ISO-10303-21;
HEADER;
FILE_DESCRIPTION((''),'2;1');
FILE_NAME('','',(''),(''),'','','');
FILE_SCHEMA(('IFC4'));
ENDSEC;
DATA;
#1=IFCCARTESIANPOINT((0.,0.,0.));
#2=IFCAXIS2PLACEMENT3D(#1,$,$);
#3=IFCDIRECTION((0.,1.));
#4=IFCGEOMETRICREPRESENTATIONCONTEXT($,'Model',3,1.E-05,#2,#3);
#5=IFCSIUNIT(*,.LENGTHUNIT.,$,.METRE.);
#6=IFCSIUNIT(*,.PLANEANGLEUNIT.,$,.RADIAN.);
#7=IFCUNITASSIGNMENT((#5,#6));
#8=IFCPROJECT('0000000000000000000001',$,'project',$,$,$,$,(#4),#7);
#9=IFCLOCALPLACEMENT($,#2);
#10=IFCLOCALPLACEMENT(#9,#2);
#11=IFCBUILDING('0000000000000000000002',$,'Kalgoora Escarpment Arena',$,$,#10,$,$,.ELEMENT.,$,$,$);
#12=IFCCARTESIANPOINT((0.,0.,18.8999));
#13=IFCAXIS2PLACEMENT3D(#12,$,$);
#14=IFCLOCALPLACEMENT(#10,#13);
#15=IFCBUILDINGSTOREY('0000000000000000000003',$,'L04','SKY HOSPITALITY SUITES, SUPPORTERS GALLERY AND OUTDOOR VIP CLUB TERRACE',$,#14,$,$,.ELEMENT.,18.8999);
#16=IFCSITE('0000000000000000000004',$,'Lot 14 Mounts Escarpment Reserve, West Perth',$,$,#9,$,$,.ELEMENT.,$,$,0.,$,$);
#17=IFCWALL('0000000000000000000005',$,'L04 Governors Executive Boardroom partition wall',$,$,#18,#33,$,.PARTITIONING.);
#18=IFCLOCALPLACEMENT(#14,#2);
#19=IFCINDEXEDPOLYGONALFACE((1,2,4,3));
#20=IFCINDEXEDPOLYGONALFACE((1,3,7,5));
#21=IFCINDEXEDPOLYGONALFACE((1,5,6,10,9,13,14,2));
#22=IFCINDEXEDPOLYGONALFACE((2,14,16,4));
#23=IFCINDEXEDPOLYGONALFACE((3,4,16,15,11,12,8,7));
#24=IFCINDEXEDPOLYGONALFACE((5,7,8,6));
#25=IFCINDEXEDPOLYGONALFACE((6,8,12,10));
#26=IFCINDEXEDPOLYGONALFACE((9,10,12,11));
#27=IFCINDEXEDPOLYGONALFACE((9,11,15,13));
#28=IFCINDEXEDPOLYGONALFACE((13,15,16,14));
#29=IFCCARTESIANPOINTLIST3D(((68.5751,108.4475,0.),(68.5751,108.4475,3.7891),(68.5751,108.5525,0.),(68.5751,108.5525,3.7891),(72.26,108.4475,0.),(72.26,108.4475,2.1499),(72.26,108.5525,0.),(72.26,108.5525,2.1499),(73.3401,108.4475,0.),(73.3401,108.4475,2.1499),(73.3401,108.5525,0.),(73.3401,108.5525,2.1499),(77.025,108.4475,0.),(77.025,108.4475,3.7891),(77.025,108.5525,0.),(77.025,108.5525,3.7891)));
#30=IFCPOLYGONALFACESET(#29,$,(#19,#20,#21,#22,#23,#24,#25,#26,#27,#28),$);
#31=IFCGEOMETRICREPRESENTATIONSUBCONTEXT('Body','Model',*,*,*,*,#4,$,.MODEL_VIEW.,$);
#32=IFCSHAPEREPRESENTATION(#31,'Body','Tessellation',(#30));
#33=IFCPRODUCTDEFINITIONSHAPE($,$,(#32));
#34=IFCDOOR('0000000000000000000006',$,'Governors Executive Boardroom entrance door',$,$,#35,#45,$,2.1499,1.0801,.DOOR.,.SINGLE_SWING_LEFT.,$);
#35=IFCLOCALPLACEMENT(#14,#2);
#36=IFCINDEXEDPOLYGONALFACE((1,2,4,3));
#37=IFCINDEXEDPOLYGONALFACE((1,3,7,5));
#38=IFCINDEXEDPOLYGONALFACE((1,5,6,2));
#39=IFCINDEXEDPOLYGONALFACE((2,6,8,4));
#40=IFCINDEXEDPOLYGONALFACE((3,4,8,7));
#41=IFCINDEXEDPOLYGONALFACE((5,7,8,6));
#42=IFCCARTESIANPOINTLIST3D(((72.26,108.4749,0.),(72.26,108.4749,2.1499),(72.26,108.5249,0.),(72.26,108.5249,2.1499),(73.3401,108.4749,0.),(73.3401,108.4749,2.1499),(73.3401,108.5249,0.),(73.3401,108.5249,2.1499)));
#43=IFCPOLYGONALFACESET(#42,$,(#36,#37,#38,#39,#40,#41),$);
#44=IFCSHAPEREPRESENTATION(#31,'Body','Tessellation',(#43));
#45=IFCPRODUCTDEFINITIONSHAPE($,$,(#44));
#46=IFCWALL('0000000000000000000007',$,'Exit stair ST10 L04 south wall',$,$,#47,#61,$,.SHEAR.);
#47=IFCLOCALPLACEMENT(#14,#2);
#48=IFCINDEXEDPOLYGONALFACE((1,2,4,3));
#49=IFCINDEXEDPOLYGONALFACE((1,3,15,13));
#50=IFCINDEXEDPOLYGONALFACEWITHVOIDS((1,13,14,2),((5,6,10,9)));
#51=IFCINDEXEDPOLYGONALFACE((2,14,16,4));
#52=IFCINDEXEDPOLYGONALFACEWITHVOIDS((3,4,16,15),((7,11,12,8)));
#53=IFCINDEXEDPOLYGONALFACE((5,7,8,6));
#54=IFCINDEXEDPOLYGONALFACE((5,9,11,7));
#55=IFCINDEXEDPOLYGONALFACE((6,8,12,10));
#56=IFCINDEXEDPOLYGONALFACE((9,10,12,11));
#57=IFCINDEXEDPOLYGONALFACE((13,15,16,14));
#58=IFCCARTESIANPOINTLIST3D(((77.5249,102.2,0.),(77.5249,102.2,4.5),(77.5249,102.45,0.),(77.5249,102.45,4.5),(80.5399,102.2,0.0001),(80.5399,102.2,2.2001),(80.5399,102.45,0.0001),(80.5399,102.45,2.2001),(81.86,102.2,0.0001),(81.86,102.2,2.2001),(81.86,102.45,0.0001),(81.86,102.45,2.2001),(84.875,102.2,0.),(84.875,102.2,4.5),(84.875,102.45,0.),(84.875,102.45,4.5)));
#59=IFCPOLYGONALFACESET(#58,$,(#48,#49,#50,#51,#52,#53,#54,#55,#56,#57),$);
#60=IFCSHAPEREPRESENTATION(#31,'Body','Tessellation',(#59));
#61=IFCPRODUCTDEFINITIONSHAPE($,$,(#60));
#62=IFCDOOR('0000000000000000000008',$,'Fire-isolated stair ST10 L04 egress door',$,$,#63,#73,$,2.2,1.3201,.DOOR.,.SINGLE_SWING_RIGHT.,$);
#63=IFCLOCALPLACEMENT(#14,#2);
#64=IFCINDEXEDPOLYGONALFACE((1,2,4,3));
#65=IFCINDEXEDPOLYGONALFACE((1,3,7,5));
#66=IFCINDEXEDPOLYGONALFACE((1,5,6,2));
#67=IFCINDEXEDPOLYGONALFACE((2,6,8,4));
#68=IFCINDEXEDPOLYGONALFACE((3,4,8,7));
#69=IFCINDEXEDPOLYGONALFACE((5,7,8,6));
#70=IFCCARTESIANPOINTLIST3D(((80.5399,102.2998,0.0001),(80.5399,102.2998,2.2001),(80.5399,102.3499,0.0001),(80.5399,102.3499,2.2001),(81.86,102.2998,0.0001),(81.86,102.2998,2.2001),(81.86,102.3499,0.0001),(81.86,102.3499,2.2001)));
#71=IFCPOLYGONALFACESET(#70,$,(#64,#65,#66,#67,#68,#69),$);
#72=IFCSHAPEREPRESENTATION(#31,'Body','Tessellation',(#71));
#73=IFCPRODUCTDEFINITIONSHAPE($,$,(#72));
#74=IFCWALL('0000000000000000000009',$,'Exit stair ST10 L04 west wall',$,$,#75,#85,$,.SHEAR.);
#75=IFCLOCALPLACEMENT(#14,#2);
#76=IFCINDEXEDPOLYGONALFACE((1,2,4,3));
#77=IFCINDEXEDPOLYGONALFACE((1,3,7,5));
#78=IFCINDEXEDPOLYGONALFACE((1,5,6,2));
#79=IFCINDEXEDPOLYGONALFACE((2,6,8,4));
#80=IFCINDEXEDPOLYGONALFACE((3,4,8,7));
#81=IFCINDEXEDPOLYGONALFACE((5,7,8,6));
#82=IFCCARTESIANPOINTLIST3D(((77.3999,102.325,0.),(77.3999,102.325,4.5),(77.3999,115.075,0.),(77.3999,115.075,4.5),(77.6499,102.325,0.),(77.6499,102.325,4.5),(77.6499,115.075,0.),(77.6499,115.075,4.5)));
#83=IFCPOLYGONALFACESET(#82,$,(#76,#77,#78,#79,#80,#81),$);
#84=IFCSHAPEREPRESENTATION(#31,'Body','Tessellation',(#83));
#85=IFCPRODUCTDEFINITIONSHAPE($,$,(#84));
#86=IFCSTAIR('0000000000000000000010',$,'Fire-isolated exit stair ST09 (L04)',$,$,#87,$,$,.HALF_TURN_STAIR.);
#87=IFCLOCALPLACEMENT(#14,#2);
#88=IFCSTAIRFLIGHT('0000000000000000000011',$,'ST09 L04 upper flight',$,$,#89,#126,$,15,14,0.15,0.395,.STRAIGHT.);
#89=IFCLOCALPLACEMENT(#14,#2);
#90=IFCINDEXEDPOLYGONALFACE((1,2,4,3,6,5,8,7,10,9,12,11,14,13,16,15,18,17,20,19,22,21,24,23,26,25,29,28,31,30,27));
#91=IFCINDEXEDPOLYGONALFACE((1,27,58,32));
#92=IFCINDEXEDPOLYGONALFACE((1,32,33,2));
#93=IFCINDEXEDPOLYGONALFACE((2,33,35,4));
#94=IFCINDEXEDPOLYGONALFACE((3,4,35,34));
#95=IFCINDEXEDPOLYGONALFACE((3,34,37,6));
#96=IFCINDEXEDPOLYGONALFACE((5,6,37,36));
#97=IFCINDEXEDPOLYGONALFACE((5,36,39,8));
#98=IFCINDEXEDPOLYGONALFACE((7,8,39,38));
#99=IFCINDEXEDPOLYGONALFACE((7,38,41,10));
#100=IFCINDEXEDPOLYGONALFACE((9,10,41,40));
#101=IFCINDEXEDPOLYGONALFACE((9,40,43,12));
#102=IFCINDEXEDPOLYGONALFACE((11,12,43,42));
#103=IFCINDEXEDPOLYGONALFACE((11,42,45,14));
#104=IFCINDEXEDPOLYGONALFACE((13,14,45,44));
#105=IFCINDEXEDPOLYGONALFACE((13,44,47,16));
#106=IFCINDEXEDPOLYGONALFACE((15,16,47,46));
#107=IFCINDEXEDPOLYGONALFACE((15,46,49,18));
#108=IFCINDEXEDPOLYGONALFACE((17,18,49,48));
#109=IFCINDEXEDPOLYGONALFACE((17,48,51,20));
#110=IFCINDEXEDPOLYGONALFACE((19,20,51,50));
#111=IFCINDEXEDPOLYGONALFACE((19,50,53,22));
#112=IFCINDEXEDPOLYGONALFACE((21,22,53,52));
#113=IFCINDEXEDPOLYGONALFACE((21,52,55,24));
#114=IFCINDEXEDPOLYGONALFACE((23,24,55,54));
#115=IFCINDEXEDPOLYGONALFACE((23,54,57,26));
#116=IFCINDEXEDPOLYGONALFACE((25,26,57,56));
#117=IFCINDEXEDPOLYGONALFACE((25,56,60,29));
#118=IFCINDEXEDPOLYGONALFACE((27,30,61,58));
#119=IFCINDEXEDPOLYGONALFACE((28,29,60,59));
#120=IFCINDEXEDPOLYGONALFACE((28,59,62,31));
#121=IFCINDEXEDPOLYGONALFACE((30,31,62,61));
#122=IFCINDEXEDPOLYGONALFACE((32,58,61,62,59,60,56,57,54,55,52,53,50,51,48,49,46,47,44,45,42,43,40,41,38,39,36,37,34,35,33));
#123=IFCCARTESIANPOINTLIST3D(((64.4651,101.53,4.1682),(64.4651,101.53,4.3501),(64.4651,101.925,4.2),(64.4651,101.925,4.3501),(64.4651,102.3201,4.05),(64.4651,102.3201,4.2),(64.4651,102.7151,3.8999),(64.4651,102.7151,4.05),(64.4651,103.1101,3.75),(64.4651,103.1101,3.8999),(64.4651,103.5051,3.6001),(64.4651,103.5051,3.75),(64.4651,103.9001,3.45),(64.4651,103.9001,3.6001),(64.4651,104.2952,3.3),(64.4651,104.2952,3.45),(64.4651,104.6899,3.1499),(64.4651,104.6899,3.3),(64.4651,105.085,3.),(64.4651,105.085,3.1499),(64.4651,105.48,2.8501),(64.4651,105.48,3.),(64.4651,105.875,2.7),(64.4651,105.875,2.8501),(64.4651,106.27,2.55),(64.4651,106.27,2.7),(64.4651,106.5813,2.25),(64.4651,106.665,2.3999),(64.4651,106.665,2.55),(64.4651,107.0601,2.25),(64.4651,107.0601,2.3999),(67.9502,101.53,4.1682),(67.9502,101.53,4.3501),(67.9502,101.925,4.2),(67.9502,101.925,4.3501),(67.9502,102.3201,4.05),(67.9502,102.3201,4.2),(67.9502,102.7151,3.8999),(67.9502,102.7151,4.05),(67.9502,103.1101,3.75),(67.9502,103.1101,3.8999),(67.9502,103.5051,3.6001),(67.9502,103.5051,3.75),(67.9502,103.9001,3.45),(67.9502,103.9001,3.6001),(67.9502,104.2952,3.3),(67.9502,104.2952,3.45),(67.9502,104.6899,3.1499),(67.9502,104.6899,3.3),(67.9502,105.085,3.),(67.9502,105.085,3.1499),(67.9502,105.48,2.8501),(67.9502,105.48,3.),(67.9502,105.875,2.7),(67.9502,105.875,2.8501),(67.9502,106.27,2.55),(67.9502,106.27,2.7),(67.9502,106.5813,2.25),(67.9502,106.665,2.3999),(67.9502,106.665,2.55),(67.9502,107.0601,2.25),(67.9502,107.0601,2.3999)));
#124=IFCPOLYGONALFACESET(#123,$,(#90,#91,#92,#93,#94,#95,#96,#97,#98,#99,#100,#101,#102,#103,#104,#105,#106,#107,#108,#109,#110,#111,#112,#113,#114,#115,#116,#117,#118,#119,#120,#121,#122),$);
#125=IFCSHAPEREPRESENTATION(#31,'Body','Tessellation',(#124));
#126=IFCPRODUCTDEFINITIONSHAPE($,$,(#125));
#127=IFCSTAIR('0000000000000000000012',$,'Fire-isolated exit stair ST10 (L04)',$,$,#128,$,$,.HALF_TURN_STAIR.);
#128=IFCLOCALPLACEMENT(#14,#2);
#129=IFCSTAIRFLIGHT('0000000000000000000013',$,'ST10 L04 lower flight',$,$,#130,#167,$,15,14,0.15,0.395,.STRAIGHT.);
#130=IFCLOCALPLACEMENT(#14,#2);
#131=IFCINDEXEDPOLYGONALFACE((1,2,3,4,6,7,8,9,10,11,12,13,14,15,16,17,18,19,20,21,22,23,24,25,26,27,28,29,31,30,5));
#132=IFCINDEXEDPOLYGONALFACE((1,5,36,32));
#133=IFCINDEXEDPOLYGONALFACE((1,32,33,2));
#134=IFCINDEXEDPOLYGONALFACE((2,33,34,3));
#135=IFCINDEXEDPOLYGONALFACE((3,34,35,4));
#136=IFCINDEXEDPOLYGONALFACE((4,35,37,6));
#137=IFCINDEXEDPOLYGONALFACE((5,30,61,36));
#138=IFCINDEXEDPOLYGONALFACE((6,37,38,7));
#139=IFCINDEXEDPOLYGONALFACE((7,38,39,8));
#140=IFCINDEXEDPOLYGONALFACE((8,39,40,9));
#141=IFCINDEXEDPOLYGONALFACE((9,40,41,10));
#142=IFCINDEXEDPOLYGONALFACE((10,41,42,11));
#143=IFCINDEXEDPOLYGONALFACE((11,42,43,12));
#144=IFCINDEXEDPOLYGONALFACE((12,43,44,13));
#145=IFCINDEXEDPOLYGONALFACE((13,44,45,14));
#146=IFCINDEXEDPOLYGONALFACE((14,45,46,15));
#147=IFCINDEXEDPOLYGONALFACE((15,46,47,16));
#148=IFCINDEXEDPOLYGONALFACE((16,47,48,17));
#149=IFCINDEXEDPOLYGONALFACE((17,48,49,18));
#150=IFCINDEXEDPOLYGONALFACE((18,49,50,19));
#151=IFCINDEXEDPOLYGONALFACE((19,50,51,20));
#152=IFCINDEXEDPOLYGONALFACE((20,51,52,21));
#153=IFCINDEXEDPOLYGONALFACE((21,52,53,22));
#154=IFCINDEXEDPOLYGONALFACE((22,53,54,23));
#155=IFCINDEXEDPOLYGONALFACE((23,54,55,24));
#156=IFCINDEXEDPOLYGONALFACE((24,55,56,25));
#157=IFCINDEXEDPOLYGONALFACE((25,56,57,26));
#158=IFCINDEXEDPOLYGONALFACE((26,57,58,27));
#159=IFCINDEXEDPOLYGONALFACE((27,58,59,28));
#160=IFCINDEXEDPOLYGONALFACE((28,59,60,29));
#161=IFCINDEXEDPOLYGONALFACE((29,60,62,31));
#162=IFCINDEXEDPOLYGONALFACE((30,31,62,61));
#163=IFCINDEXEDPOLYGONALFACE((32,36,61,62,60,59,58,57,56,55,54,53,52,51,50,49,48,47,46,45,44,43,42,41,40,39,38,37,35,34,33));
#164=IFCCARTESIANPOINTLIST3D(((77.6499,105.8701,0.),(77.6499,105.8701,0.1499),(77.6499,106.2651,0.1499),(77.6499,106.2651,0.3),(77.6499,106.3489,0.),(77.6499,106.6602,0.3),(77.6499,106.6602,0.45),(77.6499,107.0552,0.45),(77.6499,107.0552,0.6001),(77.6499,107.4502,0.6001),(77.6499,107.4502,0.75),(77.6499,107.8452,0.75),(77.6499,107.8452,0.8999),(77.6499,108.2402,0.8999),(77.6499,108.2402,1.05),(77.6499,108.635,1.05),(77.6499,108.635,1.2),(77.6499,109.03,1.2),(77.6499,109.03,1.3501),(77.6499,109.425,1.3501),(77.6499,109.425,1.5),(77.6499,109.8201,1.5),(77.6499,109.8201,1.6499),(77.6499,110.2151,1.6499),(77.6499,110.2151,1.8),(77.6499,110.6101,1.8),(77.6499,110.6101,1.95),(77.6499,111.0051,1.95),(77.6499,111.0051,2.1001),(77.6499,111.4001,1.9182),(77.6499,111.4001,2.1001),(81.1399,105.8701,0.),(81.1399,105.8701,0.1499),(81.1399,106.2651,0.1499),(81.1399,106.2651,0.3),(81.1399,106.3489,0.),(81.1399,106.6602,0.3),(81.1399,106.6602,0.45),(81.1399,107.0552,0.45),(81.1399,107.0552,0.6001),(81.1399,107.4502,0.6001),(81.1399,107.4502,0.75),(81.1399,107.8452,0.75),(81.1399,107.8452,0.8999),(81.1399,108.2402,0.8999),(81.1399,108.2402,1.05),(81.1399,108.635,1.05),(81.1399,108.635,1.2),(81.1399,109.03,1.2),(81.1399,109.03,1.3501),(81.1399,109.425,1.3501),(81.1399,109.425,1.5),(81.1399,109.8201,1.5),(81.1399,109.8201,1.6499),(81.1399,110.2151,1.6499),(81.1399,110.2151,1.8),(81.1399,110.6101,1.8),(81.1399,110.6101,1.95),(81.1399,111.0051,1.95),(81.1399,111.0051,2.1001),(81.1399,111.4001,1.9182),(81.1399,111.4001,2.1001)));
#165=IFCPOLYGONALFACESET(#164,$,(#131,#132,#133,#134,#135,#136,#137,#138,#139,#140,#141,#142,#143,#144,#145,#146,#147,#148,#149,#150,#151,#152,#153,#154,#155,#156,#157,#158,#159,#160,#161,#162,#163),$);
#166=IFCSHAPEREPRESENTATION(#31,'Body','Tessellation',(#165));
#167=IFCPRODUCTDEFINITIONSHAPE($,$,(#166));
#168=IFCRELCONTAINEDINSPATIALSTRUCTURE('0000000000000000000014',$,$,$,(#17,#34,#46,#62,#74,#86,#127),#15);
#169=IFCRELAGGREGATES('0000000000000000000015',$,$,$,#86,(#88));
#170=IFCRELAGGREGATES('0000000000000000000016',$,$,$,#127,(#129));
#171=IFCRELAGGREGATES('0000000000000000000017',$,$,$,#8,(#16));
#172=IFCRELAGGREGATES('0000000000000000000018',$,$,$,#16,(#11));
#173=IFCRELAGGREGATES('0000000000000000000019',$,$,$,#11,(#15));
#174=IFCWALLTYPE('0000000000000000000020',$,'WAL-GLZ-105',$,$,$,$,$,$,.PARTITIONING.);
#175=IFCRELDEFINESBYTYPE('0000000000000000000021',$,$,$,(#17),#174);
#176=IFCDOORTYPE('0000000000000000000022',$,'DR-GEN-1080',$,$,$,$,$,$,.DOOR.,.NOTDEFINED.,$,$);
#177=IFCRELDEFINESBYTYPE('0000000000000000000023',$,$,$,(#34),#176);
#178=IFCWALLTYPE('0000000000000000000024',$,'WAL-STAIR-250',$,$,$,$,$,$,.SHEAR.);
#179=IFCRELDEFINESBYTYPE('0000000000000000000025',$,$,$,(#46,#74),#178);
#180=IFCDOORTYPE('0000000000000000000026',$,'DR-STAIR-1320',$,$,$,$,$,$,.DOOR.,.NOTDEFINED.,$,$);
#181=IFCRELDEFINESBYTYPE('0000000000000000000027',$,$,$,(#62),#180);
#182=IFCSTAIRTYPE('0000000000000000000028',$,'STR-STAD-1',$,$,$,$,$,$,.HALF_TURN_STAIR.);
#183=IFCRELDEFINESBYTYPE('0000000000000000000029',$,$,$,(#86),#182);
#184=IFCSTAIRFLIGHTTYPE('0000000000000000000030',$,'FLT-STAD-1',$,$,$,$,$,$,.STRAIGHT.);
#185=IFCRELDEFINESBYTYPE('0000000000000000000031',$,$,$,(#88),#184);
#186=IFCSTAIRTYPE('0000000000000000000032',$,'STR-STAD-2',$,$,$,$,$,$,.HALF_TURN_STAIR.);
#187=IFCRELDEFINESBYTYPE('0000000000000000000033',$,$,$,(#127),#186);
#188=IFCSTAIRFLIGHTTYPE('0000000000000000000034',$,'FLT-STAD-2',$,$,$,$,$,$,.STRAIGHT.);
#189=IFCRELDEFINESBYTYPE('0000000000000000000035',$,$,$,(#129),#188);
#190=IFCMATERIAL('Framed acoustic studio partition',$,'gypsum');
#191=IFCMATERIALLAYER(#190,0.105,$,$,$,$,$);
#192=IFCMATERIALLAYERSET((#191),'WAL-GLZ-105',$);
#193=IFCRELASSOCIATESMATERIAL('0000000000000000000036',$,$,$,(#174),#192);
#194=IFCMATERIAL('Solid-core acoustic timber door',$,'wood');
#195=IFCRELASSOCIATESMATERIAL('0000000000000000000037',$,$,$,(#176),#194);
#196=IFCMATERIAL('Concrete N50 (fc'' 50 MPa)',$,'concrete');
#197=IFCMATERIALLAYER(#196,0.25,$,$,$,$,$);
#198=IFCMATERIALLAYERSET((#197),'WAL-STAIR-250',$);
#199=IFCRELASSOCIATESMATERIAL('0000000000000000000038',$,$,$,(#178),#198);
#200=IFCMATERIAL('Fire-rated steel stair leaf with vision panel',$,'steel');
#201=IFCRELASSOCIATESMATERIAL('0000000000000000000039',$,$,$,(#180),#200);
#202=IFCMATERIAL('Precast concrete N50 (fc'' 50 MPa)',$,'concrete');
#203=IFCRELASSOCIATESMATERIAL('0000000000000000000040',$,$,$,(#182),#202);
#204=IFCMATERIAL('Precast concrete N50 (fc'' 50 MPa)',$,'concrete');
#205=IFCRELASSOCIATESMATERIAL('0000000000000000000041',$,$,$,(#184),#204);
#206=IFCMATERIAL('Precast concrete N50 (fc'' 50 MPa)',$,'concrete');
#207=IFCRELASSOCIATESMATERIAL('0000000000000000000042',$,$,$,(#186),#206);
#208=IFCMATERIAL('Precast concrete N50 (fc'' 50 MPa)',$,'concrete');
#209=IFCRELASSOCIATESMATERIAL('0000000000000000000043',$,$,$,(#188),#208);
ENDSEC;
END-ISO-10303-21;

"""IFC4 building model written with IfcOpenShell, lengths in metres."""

from ifc_helpers import new_model, si_unit, direction, frame, frame_2d, origin, place, context, subcontext, project, spatial, polyline, rectangle, outline, extrude, material, layer, layer_set, type_object, element, fill, aggregate, save


model = new_model("IFC4")

# Units and contexts
model_context = context("Model", 3, precision=1e-05, world=origin(), true_north=direction((0.0, 1.0)))
body_context = subcontext(model_context, "Body", "Model", "MODEL_VIEW")
ifc_project = project(units=[si_unit("LENGTHUNIT", "METRE"), si_unit("PLANEANGLEUNIT", "RADIAN")], contexts=[model_context])

# Site, building, storey
site_placement = place(None, origin())
site = spatial("IfcSite", under=ifc_project, at=site_placement, Name="Lot 14 Mounts Escarpment Reserve, West Perth", CompositionType="ELEMENT", RefElevation=0.0)
building_placement = place(site_placement, origin())
building = spatial("IfcBuilding", under=site, at=building_placement, Name="Kalgoora Escarpment Arena", CompositionType="ELEMENT")
storey_placement = place(building_placement, frame((0.0, 0.0, 18.8999)))
storey = spatial("IfcBuildingStorey", under=building, at=storey_placement, Name="L04", Description="SKY HOSPITALITY SUITES, SUPPORTERS GALLERY AND OUTDOOR VIP CLUB TERRACE", CompositionType="ELEMENT", Elevation=18.8999)

# Shared definitions
ifc_material_1 = material(Name="Framed acoustic studio partition", Category="gypsum")
ifc_layer_1 = layer(ifc_material_1, 0.105)
ifc_layer_set_1 = layer_set([ifc_layer_1], Name="WAL-GLZ-105")
wall_type_1 = type_object("IfcWallType", Name="WAL-GLZ-105", PredefinedType="PARTITIONING", material=ifc_layer_set_1)

# Walls, openings, doors
wall_1_placement = place(storey_placement, frame((68.575, 108.5, 0.0), z_axis=(0.0, 0.0, 1.0), x_axis=(1.0, 0.0, 0.0)))
wall_1 = element("IfcWall", 1, at=wall_1_placement, inside=storey, type_object=wall_type_1, Name="L04 Governors Executive Boardroom partition wall", PredefinedType="PARTITIONING", context=body_context, shape_type="SweptSolid", body=[
    extrude(rectangle(XDim=8.45, YDim=0.105, at=frame_2d((4.2251, 0.0))), origin(), (0.0, 0.0, 1.0), 3.7891),
])
opening_1_placement = place(wall_1_placement, frame((3.6851, 0.0, 0.0)))
opening_1 = element("IfcOpeningElement", 2, at=opening_1_placement, cuts=wall_1, PredefinedType="OPENING", context=body_context, shape_type="SweptSolid", body=[
    extrude(rectangle(XDim=1.0801, YDim=2.1499, at=frame_2d((0.54, 1.075))), frame((0.0, 0.0625, 0.0), z_axis=(0.0, -1.0, 0.0), x_axis=(1.0, 0.0, 0.0)), (0.0, 0.0, 1.0), 0.125),
])
ifc_material_2 = material(Name="Solid-core acoustic timber door", Category="wood")
door_type_1 = type_object("IfcDoorType", Name="DR-GEN-1080", OperationType="NOTDEFINED", PredefinedType="DOOR", material=ifc_material_2)
door_1_placement = place(opening_1_placement, origin())
door_1 = element("IfcDoor", 3, at=door_1_placement, inside=storey, type_object=door_type_1, Name="Governors Executive Boardroom entrance door", OperationType="SINGLE_SWING_LEFT", OverallHeight=2.1499, OverallWidth=1.0801, PredefinedType="DOOR", context=body_context, shape_type="SweptSolid", body=[
    extrude(rectangle(XDim=1.0801, YDim=2.1499, at=frame_2d((0.54, 1.075))), frame((0.0, 0.0249, 0.0), z_axis=(0.0, -1.0, 0.0), x_axis=(1.0, 0.0, 0.0)), (0.0, 0.0, 1.0), 0.05),
])
fill(opening_1, door_1)
ifc_material_3 = material(Name="Concrete N50 (fc' 50 MPa)", Category="concrete")
ifc_layer_2 = layer(ifc_material_3, 0.25)
ifc_layer_set_2 = layer_set([ifc_layer_2], Name="WAL-STAIR-250")
wall_type_2 = type_object("IfcWallType", Name="WAL-STAIR-250", PredefinedType="SHEAR", material=ifc_layer_set_2)
wall_2_placement = place(storey_placement, frame((77.5249, 102.325, 0.0), z_axis=(0.0, 0.0, 1.0), x_axis=(1.0, 0.0, 0.0)))
wall_2 = element("IfcWall", 4, at=wall_2_placement, inside=storey, type_object=wall_type_2, Name="Exit stair ST10 L04 south wall", PredefinedType="SHEAR", context=body_context, shape_type="SweptSolid", body=[
    extrude(rectangle(XDim=7.3501, YDim=0.25, at=frame_2d((3.675, 0.0))), origin(), (0.0, 0.0, 1.0), 4.5),
])
opening_2_placement = place(wall_2_placement, frame((3.0149, 0.0, 0.0)))
opening_2 = element("IfcOpeningElement", 5, at=opening_2_placement, cuts=wall_2, PredefinedType="OPENING", context=body_context, shape_type="SweptSolid", body=[
    extrude(rectangle(XDim=1.3201, YDim=2.2, at=frame_2d((0.6602, 1.1001))), frame((0.0, 0.135, 0.0), z_axis=(0.0, -1.0, 0.0), x_axis=(1.0, 0.0, 0.0)), (0.0, 0.0, 1.0), 0.27),
])
ifc_material_4 = material(Name="Fire-rated steel stair leaf with vision panel", Category="steel")
door_type_2 = type_object("IfcDoorType", Name="DR-STAIR-1320", OperationType="NOTDEFINED", PredefinedType="DOOR", material=ifc_material_4)
door_2_placement = place(opening_2_placement, origin())
door_2 = element("IfcDoor", 6, at=door_2_placement, inside=storey, type_object=door_type_2, Name="Fire-isolated stair ST10 L04 egress door", OperationType="SINGLE_SWING_RIGHT", OverallHeight=2.2, OverallWidth=1.3201, PredefinedType="DOOR", context=body_context, shape_type="SweptSolid", body=[
    extrude(rectangle(XDim=1.3201, YDim=2.2, at=frame_2d((0.6602, 1.1001))), frame((0.0, 0.0249, 0.0), z_axis=(0.0, -1.0, 0.0), x_axis=(1.0, 0.0, 0.0)), (0.0, 0.0, 1.0), 0.05),
])
fill(opening_2, door_2)

# Wall
wall_3_placement = place(storey_placement, frame((77.5249, 102.325, 0.0), z_axis=(0.0, 0.0, 1.0), x_axis=(0.0, 1.0, 0.0)))
element("IfcWall", 7, at=wall_3_placement, inside=storey, type_object=wall_type_2, Name="Exit stair ST10 L04 west wall", PredefinedType="SHEAR", context=body_context, shape_type="SweptSolid", body=[
    extrude(rectangle(XDim=12.75, YDim=0.25, at=frame_2d((6.375, 0.0))), origin(), (0.0, 0.0, 1.0), 4.5),
])

# Stairs, stair flights
ifc_material_5 = material(Name="Precast concrete N50 (fc' 50 MPa)", Category="concrete")
stair_type_1 = type_object("IfcStairType", Name="STR-STAD-1", PredefinedType="HALF_TURN_STAIR", material=ifc_material_5)
stair_1_placement = place(storey_placement, origin())
stair_1 = element("IfcStair", 8, at=stair_1_placement, inside=storey, type_object=stair_type_1, Name="Fire-isolated exit stair ST09 (L04)", PredefinedType="HALF_TURN_STAIR")
ifc_material_6 = material(Name="Precast concrete N50 (fc' 50 MPa)", Category="concrete")
stair_flight_type_1 = type_object("IfcStairFlightType", Name="FLT-STAD-1", PredefinedType="STRAIGHT", material=ifc_material_6)
stair_flight_1_placement = place(storey_placement, frame((66.2075, 107.0601, 2.25), z_axis=(0.0, 0.0, 1.0), x_axis=(0.0, -1.0, 0.0)))
stair_flight_1 = element("IfcStairFlight", 9, at=stair_flight_1_placement, type_object=stair_flight_type_1, Name="ST09 L04 upper flight", NumberOfRisers=15, NumberOfTreads=14, PredefinedType="STRAIGHT", RiserHeight=0.15, TreadLength=0.395, context=body_context, shape_type="SweptSolid", body=[
    extrude(outline(polyline([(0.0, 0.0), (0.0, 0.1499), (0.395, 0.1499), (0.395, 0.3), (0.79, 0.3), (0.79, 0.45), (1.1851, 0.45), (1.1851, 0.6001), (1.5801, 0.6001), (1.5801, 0.75), (1.9751, 0.75), (1.9751, 0.8999), (2.3701, 0.8999), (2.3701, 1.05), (2.7649, 1.05), (2.7649, 1.2), (3.1599, 1.2), (3.1599, 1.3501), (3.5549, 1.3501), (3.5549, 1.5), (3.95, 1.5), (3.95, 1.6499), (4.345, 1.6499), (4.345, 1.8), (4.74, 1.8), (4.74, 1.95), (5.135, 1.95), (5.135, 2.1001), (5.53, 2.1001), (5.53, 2.25), (5.53, 1.9182), (0.4788, 0.0), (0.0, 0.0)])), frame((0.0, 1.7427, 0.0), z_axis=(0.0, -1.0, 0.0), x_axis=(1.0, 0.0, 0.0)), (0.0, 0.0, 1.0), 3.4851),
])
aggregate(stair_1, [stair_flight_1])
ifc_material_7 = material(Name="Precast concrete N50 (fc' 50 MPa)", Category="concrete")
stair_type_2 = type_object("IfcStairType", Name="STR-STAD-2", PredefinedType="HALF_TURN_STAIR", material=ifc_material_7)
stair_2_placement = place(storey_placement, origin())
stair_2 = element("IfcStair", 10, at=stair_2_placement, inside=storey, type_object=stair_type_2, Name="Fire-isolated exit stair ST10 (L04)", PredefinedType="HALF_TURN_STAIR")
ifc_material_8 = material(Name="Precast concrete N50 (fc' 50 MPa)", Category="concrete")
stair_flight_type_2 = type_object("IfcStairFlightType", Name="FLT-STAD-2", PredefinedType="STRAIGHT", material=ifc_material_8)
stair_flight_2_placement = place(storey_placement, frame((79.395, 105.8701, 0.0), z_axis=(0.0, 0.0, 1.0), x_axis=(0.0, 1.0, 0.0)))
stair_flight_2 = element("IfcStairFlight", 11, at=stair_flight_2_placement, type_object=stair_flight_type_2, Name="ST10 L04 lower flight", NumberOfRisers=15, NumberOfTreads=14, PredefinedType="STRAIGHT", RiserHeight=0.15, TreadLength=0.395, context=body_context, shape_type="SweptSolid", body=[
    extrude(outline(polyline([(0.0, 0.0), (0.0, 0.1499), (0.395, 0.1499), (0.395, 0.3), (0.79, 0.3), (0.79, 0.45), (1.1851, 0.45), (1.1851, 0.6001), (1.5801, 0.6001), (1.5801, 0.75), (1.9751, 0.75), (1.9751, 0.8999), (2.3701, 0.8999), (2.3701, 1.05), (2.7649, 1.05), (2.7649, 1.2), (3.1599, 1.2), (3.1599, 1.3501), (3.5549, 1.3501), (3.5549, 1.5), (3.95, 1.5), (3.95, 1.6499), (4.345, 1.6499), (4.345, 1.8), (4.74, 1.8), (4.74, 1.95), (5.135, 1.95), (5.135, 2.1001), (5.53, 2.1001), (5.53, 2.25), (5.53, 1.9182), (0.4788, 0.0), (0.0, 0.0)])), frame((0.0, 1.7451, 0.0), z_axis=(0.0, -1.0, 0.0), x_axis=(1.0, 0.0, 0.0)), (0.0, 0.0, 1.0), 3.49),
])
aggregate(stair_2, [stair_flight_2])

save(model, "model.ifc")
